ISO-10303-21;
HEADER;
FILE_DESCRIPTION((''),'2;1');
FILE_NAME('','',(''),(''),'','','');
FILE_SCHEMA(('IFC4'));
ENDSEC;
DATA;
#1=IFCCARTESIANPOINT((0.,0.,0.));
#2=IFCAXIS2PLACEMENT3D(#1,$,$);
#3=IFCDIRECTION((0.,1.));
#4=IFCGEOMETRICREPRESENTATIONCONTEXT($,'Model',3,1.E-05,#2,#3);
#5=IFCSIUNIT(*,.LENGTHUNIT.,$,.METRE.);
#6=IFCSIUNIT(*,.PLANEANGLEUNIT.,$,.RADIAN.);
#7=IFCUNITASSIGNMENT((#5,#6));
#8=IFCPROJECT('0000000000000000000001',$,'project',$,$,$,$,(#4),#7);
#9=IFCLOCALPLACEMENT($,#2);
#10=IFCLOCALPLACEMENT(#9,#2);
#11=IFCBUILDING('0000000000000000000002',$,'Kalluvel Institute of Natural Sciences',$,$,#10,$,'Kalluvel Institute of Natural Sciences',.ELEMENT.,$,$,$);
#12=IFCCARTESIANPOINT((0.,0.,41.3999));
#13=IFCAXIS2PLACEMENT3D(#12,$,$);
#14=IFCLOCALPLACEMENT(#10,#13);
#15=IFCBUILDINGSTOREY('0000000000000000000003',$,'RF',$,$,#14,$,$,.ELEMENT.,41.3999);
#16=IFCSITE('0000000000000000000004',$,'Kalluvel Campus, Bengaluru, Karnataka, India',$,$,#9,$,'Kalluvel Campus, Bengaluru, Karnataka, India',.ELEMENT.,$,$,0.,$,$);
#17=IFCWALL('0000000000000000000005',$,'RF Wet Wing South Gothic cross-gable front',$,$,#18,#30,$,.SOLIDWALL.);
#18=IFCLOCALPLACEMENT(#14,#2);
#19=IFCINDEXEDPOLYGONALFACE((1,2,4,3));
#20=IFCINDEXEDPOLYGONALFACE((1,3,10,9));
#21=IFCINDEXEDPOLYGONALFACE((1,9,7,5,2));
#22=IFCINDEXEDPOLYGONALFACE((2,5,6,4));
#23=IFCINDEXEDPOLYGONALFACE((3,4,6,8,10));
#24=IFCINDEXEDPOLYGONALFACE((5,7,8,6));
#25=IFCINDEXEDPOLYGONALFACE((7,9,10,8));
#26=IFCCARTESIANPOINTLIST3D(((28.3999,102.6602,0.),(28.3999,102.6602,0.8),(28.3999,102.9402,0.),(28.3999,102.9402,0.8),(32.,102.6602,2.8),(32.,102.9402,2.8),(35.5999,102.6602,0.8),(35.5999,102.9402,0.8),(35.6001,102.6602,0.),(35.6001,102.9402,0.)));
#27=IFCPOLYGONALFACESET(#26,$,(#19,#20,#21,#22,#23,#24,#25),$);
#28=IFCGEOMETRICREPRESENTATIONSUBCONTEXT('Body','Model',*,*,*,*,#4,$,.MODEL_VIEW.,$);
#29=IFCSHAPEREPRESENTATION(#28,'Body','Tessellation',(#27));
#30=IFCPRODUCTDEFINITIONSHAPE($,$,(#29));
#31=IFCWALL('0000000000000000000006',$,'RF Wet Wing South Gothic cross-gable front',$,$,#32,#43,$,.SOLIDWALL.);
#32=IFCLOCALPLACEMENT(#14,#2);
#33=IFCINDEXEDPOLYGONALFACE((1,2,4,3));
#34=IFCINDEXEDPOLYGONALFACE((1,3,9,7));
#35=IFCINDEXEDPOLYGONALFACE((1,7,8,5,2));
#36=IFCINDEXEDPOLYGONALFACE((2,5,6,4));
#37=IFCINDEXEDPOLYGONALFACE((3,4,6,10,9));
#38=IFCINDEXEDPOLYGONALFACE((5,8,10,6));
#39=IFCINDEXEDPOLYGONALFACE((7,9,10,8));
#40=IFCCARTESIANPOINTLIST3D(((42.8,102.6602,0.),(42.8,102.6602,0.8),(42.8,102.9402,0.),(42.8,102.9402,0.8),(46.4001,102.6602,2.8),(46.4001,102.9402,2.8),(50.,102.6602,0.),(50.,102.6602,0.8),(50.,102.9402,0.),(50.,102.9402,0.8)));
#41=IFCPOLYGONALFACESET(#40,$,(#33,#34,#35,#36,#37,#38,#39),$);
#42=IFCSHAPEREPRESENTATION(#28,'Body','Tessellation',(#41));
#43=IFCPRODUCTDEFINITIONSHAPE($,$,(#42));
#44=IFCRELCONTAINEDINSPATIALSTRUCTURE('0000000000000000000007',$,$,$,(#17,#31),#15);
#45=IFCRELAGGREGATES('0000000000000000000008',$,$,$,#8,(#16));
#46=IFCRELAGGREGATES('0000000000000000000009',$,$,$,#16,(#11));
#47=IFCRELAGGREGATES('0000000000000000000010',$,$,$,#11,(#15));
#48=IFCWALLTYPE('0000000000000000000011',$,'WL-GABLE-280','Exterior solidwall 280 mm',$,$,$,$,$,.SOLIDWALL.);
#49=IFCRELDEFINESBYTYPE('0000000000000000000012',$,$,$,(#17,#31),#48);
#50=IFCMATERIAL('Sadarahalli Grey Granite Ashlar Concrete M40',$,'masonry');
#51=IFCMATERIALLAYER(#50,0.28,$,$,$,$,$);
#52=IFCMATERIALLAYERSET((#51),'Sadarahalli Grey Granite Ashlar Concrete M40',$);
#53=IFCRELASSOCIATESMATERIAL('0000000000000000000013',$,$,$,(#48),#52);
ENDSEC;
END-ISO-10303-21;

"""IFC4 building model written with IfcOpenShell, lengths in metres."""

from ifc_helpers import new_model, si_unit, direction, frame, origin, place, context, subcontext, project, spatial, polyline, outline, extrude, material, layer, layer_set, type_object, element, save


model = new_model("IFC4")

# Units and contexts
model_context = context("Model", 3, precision=1e-05, world=origin(), true_north=direction((0.0, 1.0)))
body_context = subcontext(model_context, "Body", "Model", "MODEL_VIEW")
ifc_project = project(units=[si_unit("LENGTHUNIT", "METRE"), si_unit("PLANEANGLEUNIT", "RADIAN")], contexts=[model_context])

# Site, building, storey
site_placement = place(None, origin())
site = spatial("IfcSite", under=ifc_project, at=site_placement, Name="Kalluvel Campus, Bengaluru, Karnataka, India", LongName="Kalluvel Campus, Bengaluru, Karnataka, India", CompositionType="ELEMENT", RefElevation=0.0)
building_placement = place(site_placement, origin())
building = spatial("IfcBuilding", under=site, at=building_placement, Name="Kalluvel Institute of Natural Sciences", LongName="Kalluvel Institute of Natural Sciences", CompositionType="ELEMENT")
storey_placement = place(building_placement, frame((0.0, 0.0, 41.3999)))
storey = spatial("IfcBuildingStorey", under=building, at=storey_placement, Name="RF", CompositionType="ELEMENT", Elevation=41.3999)

# Walls
ifc_material_1 = material(Name="Sadarahalli Grey Granite Ashlar Concrete M40", Category="masonry")
ifc_layer_1 = layer(ifc_material_1, 0.28)
ifc_layer_set_1 = layer_set([ifc_layer_1], Name="Sadarahalli Grey Granite Ashlar Concrete M40")
wall_type = type_object("IfcWallType", Name="WL-GABLE-280", Description="Exterior solidwall 280 mm", PredefinedType="SOLIDWALL", material=ifc_layer_set_1)
wall_1_placement = place(storey_placement, frame((28.3999, 102.8, 0.0), z_axis=(0.0, 0.0, 1.0), x_axis=(1.0, 0.0, 0.0)))
element("IfcWall", 1, at=wall_1_placement, inside=storey, type_object=wall_type, Name="RF Wet Wing South Gothic cross-gable front", PredefinedType="SOLIDWALL", context=body_context, shape_type="SweptSolid", body=[
    extrude(outline(polyline([(0.0, 0.0), (7.2002, 0.0), (7.2, 0.8), (3.6001, 2.8), (0.0, 0.8), (0.0, 0.0)])), frame((0.0, 0.1401, 0.0), z_axis=(0.0, -1.0, 0.0), x_axis=(1.0, 0.0, 0.0)), (0.0, 0.0, 1.0), 0.28),
])
wall_2_placement = place(storey_placement, frame((42.8, 102.8, 0.0), z_axis=(0.0, 0.0, 1.0), x_axis=(1.0, 0.0, 0.0)))
element("IfcWall", 2, at=wall_2_placement, inside=storey, type_object=wall_type, Name="RF Wet Wing South Gothic cross-gable front", PredefinedType="SOLIDWALL", context=body_context, shape_type="SweptSolid", body=[
    extrude(outline(polyline([(0.0, 0.0), (7.2, 0.0), (7.2, 0.8), (3.6001, 2.8), (0.0, 0.8), (0.0, 0.0)])), frame((0.0, 0.1401, 0.0), z_axis=(0.0, -1.0, 0.0), x_axis=(1.0, 0.0, 0.0)), (0.0, 0.0, 1.0), 0.28),
])

save(model, "model.ifc")
